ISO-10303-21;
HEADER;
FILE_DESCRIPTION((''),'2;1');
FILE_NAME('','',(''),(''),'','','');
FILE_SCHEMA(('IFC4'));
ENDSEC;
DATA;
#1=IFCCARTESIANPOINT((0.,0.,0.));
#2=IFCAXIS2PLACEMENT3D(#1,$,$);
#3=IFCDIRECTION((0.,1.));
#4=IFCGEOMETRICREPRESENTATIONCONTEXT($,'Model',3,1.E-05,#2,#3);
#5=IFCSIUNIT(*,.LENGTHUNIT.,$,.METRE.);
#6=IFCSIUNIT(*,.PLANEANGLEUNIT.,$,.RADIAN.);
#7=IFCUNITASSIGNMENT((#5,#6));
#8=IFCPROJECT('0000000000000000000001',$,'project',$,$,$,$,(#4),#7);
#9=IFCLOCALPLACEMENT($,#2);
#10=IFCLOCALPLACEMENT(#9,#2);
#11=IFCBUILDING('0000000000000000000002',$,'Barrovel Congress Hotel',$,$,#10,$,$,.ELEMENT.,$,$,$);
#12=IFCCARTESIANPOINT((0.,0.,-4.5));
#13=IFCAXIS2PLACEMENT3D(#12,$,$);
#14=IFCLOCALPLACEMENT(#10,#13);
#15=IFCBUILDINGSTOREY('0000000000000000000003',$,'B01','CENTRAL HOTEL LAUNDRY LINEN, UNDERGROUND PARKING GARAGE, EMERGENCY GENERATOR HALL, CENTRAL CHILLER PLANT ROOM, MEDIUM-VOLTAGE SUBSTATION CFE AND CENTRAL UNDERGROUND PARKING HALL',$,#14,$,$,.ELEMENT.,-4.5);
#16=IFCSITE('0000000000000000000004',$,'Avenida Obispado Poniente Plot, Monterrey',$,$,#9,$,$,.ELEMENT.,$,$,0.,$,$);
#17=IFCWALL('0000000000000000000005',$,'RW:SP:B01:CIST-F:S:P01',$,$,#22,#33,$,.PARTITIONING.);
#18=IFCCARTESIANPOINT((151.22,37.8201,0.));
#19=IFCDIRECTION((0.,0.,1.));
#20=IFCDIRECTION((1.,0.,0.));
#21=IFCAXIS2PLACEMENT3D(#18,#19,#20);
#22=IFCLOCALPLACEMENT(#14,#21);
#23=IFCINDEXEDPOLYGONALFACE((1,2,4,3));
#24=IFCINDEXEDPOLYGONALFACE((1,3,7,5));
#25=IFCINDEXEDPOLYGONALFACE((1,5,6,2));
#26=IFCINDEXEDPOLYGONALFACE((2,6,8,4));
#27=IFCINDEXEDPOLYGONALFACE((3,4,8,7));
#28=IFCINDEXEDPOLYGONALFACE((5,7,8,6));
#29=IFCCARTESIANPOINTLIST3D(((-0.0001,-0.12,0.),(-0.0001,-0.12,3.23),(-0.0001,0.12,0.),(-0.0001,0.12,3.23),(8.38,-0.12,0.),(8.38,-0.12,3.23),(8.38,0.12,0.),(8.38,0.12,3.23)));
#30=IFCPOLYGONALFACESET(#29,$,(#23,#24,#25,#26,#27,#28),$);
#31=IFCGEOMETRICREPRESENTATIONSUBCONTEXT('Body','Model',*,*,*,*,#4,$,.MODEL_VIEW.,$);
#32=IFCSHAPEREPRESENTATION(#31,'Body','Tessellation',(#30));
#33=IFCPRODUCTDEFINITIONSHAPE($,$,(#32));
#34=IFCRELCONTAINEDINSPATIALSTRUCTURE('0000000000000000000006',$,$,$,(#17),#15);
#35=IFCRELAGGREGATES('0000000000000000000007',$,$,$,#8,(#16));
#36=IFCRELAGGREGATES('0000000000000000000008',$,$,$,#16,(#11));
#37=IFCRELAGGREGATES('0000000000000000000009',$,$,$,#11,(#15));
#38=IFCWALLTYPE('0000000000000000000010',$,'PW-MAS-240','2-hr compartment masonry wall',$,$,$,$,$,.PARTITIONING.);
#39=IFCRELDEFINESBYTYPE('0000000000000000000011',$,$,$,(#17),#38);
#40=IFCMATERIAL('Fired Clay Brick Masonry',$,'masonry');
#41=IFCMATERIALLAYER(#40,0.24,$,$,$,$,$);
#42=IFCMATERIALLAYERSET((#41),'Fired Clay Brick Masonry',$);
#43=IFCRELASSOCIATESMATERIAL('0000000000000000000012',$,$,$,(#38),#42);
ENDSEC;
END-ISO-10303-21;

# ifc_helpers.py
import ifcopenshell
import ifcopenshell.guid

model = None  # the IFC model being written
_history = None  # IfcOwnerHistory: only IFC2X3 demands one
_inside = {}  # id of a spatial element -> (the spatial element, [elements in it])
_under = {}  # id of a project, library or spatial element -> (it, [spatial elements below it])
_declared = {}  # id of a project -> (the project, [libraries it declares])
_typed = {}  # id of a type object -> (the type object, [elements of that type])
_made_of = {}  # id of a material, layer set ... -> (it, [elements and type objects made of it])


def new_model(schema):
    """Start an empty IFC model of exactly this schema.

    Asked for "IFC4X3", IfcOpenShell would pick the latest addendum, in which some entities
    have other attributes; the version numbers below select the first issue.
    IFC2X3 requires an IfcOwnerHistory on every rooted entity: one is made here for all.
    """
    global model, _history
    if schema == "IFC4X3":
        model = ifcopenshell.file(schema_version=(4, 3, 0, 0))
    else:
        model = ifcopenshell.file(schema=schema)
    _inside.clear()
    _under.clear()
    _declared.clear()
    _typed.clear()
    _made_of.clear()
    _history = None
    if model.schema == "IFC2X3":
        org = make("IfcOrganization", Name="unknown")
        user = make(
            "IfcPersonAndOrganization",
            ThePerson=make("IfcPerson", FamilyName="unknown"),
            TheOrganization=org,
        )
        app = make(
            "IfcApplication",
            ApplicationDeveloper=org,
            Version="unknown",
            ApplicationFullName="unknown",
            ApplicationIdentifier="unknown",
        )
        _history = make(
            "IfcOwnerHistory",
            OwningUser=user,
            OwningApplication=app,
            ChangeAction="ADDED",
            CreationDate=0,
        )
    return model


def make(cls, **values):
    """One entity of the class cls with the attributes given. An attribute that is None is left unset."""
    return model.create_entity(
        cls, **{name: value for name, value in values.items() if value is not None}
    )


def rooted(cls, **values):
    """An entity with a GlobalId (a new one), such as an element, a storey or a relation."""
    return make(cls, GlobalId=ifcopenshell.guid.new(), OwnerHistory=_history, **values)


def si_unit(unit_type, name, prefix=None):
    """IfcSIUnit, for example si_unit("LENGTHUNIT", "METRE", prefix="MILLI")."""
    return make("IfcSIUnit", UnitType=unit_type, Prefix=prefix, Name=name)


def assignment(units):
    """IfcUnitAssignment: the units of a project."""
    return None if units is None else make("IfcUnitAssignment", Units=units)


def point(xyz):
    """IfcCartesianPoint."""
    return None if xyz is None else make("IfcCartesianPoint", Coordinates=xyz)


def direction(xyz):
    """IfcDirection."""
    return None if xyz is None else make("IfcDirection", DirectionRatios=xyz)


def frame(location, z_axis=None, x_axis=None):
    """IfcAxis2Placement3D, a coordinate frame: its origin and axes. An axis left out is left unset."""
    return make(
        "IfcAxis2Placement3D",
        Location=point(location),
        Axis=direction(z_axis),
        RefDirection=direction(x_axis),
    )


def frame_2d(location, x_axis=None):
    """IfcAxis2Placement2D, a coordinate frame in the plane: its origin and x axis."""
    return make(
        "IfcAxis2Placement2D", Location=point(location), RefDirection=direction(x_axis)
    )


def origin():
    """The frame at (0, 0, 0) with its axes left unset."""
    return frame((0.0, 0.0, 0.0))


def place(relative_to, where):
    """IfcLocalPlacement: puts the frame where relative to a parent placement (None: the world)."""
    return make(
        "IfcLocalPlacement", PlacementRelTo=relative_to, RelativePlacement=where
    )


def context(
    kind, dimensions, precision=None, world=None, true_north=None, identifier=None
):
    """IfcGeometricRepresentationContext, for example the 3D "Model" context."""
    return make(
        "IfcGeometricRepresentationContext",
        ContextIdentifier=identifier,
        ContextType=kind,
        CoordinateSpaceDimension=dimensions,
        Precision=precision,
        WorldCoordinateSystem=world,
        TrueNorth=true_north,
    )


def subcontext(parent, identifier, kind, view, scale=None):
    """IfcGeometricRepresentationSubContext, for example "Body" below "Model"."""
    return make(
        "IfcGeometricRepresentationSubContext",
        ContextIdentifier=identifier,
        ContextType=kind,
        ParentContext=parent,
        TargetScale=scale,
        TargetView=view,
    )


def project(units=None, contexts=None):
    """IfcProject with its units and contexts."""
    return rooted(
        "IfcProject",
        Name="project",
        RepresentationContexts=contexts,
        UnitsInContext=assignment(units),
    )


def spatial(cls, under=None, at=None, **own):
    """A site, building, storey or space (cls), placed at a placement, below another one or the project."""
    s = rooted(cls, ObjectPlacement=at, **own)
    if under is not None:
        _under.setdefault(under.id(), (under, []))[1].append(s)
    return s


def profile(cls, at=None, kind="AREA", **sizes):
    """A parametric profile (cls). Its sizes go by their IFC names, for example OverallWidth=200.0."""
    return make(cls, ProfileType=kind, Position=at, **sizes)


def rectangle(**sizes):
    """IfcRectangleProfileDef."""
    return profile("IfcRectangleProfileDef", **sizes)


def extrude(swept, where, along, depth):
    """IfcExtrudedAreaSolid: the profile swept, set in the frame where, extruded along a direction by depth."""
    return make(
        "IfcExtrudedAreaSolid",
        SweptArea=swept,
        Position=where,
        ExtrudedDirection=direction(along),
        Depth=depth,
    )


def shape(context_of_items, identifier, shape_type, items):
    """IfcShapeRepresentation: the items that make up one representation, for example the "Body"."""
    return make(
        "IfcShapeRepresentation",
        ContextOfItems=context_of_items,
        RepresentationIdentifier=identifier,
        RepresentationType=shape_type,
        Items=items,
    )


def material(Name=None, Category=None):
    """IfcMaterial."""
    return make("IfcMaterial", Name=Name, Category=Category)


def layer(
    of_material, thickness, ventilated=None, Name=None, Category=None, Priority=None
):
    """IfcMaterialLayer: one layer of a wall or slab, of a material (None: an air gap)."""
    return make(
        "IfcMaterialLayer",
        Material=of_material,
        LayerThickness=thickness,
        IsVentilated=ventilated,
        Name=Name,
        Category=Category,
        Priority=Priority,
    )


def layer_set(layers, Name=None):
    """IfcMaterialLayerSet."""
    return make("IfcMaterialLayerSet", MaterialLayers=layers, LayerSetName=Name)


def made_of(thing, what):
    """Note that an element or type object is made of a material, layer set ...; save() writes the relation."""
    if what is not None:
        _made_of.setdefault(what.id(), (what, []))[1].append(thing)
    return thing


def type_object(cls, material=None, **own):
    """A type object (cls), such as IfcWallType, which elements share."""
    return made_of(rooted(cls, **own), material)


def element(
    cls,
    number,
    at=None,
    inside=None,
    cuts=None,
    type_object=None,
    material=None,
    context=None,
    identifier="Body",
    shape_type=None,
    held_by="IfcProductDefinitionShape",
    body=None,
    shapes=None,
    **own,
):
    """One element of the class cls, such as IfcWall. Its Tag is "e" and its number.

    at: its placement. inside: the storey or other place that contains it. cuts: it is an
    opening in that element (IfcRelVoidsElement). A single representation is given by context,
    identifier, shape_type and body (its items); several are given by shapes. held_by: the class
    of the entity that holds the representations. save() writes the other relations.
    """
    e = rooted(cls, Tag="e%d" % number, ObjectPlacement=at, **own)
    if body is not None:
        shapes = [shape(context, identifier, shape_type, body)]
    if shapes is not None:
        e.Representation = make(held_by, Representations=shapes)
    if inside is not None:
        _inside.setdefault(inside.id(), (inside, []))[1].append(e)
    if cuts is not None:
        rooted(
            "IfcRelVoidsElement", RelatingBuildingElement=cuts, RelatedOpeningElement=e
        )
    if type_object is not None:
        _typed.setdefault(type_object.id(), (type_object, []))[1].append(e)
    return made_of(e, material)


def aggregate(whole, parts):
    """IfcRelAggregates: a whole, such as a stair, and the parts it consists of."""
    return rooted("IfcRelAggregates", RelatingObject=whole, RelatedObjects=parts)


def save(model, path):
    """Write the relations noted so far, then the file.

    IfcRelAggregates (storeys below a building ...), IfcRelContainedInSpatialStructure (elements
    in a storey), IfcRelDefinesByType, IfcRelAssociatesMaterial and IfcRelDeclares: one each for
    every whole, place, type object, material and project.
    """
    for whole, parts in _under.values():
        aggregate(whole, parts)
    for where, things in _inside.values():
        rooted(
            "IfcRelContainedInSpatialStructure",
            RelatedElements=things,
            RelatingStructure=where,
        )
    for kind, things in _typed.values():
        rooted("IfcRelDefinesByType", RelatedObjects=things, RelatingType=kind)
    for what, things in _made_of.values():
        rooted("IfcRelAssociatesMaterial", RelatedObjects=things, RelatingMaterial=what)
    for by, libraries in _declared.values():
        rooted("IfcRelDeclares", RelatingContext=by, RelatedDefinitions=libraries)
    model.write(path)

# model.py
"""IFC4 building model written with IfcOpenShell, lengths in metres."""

from ifc_helpers import new_model, si_unit, direction, frame, frame_2d, origin, place, context, subcontext, project, spatial, rectangle, extrude, material, layer, layer_set, type_object, element, save


model = new_model("IFC4")

# Units and contexts
model_context = context("Model", 3, precision=1e-05, world=origin(), true_north=direction((0.0, 1.0)))
body_context = subcontext(model_context, "Body", "Model", "MODEL_VIEW")
ifc_project = project(units=[si_unit("LENGTHUNIT", "METRE"), si_unit("PLANEANGLEUNIT", "RADIAN")], contexts=[model_context])

# Site, building, storey
site_placement = place(None, origin())
site = spatial("IfcSite", under=ifc_project, at=site_placement, Name="Avenida Obispado Poniente Plot, Monterrey", CompositionType="ELEMENT", RefElevation=0.0)
building_placement = place(site_placement, origin())
building = spatial("IfcBuilding", under=site, at=building_placement, Name="Barrovel Congress Hotel", CompositionType="ELEMENT")
storey_placement = place(building_placement, frame((0.0, 0.0, -4.5)))
storey = spatial("IfcBuildingStorey", under=building, at=storey_placement, Name="B01", Description="CENTRAL HOTEL LAUNDRY LINEN, UNDERGROUND PARKING GARAGE, EMERGENCY GENERATOR HALL, CENTRAL CHILLER PLANT ROOM, MEDIUM-VOLTAGE SUBSTATION CFE AND CENTRAL UNDERGROUND PARKING HALL", CompositionType="ELEMENT", Elevation=-4.5)

# Shared definitions
ifc_material_1 = material(Name="Fired Clay Brick Masonry", Category="masonry")
ifc_layer = layer(ifc_material_1, 0.24)
ifc_layer_set = layer_set([ifc_layer], Name="Fired Clay Brick Masonry")
wall_type = type_object("IfcWallType", Name="PW-MAS-240", Description="2-hr compartment masonry wall", PredefinedType="PARTITIONING", material=ifc_layer_set)

# Wall
wall_1_placement = place(storey_placement, frame((151.22, 37.8201, 0.0), z_axis=(0.0, 0.0, 1.0), x_axis=(1.0, 0.0, 0.0)))
element("IfcWall", 1, at=wall_1_placement, inside=storey, type_object=wall_type, Name="RW:SP:B01:CIST-F:S:P01", PredefinedType="PARTITIONING", context=body_context, shape_type="SweptSolid", body=[
    extrude(rectangle(XDim=8.3801, YDim=0.24, at=frame_2d((4.1899, 0.0))), origin(), (0.0, 0.0, 1.0), 3.23),
])

save(model, "model.ifc")
